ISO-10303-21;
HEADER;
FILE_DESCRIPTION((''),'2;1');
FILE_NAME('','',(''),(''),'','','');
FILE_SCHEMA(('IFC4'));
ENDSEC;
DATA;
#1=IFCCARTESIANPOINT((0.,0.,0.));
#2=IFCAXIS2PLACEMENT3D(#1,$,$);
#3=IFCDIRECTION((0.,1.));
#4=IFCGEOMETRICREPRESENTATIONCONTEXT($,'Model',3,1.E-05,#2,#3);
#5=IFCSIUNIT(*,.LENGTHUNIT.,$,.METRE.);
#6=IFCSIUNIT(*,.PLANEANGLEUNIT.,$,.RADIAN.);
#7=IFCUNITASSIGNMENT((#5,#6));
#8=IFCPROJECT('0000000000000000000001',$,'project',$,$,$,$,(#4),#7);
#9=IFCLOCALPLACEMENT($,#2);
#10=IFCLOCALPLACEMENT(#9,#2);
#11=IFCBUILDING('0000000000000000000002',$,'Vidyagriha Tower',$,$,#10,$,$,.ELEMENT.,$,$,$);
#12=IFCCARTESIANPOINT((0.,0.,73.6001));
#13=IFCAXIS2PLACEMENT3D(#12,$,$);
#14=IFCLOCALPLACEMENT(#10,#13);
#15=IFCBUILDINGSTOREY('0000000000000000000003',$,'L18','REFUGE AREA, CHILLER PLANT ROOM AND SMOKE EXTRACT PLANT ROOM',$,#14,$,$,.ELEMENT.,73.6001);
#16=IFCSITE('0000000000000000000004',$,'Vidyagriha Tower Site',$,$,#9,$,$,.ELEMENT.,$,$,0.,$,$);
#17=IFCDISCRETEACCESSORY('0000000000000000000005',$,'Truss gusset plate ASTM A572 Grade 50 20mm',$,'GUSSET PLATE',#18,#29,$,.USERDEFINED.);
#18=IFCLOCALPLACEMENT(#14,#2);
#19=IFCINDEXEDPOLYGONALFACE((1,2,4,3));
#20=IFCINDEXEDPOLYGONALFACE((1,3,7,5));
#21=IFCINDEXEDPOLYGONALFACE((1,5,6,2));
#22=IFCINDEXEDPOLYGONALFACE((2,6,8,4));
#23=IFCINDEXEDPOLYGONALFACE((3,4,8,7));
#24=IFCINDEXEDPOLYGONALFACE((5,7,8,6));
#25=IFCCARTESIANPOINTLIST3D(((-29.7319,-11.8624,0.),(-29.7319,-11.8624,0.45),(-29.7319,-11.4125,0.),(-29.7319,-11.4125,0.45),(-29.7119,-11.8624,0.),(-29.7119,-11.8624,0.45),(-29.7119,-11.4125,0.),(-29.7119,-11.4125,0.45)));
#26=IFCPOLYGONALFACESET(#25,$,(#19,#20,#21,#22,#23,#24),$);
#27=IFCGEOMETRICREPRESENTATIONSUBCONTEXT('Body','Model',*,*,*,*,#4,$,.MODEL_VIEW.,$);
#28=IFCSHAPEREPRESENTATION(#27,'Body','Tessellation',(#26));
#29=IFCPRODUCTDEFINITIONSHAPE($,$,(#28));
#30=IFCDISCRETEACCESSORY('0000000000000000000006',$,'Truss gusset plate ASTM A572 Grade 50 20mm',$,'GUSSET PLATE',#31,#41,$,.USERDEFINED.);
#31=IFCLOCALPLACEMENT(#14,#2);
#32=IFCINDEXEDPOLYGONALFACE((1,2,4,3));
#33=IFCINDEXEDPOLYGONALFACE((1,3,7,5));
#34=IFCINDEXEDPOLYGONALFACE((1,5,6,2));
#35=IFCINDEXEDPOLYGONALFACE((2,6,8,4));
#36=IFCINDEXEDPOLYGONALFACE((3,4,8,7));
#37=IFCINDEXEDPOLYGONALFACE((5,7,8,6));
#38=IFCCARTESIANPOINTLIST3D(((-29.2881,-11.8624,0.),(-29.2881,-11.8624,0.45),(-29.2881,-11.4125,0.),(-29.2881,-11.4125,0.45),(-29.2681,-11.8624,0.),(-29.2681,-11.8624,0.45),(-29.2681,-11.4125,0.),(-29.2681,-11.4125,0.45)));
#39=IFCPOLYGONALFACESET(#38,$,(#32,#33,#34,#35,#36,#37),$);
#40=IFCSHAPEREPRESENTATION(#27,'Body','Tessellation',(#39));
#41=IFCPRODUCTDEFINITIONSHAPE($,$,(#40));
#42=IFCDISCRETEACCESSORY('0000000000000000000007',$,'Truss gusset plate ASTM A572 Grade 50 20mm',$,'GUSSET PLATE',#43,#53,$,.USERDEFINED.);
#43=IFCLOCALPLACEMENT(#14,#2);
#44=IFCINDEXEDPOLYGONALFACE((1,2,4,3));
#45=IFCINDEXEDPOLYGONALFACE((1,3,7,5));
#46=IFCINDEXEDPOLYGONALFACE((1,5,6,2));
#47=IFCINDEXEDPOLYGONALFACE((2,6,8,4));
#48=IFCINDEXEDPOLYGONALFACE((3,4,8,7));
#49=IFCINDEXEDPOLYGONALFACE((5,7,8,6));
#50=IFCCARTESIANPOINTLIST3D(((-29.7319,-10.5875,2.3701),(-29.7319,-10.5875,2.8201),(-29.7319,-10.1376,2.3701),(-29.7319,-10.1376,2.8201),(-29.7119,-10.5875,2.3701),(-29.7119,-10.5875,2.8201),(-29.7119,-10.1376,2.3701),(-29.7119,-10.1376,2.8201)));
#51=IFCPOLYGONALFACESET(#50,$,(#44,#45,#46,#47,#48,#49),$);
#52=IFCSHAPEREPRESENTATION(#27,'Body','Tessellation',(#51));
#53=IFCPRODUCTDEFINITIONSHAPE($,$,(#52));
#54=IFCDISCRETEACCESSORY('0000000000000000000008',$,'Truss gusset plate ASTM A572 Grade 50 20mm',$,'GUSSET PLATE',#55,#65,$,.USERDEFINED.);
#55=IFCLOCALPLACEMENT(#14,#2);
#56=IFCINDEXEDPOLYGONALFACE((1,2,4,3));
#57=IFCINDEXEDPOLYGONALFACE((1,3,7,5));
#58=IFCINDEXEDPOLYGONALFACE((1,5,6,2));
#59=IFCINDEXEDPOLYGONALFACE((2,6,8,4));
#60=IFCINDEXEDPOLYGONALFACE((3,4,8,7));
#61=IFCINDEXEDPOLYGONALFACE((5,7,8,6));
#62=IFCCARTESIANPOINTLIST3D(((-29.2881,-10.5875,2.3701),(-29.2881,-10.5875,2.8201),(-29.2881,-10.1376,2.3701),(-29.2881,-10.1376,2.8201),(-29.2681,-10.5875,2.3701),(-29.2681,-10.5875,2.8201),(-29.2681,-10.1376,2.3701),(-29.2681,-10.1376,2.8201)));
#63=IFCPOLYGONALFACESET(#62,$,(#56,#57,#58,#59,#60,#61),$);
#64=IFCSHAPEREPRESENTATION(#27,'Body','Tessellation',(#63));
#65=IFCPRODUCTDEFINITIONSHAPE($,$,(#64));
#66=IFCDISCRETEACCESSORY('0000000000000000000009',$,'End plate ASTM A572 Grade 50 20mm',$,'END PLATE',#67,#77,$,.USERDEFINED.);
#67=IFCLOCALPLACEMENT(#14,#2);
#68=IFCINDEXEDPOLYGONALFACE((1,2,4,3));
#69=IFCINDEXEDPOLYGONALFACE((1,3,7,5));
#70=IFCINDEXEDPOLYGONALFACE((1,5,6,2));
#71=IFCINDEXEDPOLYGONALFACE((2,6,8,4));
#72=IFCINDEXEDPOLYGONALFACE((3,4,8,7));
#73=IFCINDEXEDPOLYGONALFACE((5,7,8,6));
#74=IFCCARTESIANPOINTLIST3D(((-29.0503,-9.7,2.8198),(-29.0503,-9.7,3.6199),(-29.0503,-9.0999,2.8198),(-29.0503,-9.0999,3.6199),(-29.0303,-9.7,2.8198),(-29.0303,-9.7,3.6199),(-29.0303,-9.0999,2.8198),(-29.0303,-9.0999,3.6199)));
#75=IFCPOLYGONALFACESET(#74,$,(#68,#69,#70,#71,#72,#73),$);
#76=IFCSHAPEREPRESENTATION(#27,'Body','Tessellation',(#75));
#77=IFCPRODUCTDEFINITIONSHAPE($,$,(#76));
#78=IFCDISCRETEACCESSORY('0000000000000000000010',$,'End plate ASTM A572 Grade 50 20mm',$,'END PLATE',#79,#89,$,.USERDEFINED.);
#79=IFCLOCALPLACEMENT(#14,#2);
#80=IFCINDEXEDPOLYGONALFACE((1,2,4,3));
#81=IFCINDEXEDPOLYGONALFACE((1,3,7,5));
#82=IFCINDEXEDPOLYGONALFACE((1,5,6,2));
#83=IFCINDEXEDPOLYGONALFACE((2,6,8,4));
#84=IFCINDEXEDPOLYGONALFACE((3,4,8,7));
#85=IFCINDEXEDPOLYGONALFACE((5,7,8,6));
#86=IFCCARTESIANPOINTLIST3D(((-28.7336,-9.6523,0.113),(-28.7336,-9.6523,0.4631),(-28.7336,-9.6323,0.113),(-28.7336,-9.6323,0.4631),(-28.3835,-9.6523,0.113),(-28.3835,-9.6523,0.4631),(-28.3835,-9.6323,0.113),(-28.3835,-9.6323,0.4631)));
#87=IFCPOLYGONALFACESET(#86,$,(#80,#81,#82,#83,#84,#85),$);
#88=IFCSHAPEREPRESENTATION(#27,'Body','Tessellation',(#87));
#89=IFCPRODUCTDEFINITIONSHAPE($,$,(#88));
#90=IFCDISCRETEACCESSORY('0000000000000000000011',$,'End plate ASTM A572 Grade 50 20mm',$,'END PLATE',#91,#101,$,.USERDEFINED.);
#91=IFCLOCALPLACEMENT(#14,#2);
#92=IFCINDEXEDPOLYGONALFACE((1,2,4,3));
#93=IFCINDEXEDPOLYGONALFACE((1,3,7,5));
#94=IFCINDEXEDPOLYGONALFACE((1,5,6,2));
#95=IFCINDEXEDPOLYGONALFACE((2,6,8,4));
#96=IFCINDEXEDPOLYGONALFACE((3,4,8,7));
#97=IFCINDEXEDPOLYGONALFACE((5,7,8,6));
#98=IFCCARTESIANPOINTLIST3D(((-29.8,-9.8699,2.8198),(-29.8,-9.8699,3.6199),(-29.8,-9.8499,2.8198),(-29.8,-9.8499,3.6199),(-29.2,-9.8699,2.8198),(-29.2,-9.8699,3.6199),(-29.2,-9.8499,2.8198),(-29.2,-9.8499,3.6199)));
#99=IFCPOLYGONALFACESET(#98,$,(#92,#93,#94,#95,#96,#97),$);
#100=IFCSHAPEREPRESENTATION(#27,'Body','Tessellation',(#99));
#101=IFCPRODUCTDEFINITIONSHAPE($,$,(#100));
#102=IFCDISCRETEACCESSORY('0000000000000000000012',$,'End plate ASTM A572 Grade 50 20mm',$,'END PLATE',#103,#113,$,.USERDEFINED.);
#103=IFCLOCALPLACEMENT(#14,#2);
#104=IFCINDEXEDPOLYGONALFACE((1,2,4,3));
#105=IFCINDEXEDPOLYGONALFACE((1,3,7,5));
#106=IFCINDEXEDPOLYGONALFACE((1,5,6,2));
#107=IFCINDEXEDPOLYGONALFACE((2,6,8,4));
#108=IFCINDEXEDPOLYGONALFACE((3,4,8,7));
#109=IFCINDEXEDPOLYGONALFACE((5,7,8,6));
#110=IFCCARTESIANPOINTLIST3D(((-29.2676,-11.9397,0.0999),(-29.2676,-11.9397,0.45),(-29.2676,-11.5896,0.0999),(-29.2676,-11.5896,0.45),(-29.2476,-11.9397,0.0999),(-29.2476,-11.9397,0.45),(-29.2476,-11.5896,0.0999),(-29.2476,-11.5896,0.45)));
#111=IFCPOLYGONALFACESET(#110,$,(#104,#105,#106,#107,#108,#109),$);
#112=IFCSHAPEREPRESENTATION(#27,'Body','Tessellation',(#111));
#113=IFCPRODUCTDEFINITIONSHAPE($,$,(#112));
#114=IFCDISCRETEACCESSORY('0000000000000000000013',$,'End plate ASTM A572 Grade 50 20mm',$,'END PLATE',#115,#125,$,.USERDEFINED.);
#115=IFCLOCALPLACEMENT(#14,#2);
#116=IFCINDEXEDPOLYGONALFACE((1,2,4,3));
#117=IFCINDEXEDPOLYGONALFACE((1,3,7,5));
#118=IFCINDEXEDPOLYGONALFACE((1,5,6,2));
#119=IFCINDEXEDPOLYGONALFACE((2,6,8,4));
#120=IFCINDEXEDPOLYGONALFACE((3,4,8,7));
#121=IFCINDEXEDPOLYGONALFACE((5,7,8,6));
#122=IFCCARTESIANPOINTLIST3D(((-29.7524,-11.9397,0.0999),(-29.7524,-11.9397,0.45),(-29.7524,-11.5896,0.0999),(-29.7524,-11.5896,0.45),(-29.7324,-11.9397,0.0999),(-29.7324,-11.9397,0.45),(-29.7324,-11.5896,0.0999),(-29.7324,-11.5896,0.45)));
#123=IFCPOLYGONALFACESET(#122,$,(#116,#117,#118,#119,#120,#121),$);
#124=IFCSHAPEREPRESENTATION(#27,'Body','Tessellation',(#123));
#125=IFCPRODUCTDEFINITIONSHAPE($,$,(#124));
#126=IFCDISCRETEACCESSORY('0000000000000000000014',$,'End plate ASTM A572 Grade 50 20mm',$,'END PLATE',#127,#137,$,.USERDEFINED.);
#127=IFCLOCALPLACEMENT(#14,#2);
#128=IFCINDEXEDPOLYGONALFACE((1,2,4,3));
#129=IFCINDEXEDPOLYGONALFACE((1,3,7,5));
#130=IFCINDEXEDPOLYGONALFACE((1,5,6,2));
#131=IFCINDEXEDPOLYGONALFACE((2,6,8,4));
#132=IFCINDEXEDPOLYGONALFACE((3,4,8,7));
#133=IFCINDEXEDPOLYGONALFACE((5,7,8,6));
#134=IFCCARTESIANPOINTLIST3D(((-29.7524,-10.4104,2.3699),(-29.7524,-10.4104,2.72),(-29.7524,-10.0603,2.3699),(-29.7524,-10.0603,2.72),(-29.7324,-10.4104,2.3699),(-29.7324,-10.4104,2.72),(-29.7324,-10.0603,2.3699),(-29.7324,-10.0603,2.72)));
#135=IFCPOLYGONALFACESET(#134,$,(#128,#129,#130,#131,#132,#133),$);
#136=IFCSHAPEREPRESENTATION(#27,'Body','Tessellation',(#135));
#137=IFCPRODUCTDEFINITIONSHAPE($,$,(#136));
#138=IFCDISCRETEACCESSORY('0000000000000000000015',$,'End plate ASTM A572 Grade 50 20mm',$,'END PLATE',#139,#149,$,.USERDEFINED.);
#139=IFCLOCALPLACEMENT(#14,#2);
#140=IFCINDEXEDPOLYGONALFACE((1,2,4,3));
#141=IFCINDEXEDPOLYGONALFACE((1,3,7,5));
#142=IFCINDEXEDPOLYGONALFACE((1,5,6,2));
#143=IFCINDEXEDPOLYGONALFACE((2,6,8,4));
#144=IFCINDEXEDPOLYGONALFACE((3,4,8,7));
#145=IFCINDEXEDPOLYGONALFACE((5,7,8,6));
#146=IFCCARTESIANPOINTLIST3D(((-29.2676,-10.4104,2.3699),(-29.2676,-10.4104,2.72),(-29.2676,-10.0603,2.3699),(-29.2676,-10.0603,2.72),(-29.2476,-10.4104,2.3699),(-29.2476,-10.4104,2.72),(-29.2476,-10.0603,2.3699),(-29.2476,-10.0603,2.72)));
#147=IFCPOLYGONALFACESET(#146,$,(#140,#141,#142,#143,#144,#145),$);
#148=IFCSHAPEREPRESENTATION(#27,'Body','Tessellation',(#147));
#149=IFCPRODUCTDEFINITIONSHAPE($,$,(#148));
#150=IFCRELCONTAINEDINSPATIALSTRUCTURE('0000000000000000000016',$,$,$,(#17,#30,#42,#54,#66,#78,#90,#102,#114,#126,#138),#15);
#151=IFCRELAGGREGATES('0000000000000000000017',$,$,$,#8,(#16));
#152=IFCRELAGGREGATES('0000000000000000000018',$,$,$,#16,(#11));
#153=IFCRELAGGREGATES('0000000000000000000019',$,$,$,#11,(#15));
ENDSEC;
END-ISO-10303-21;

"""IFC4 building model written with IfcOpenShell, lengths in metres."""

from ifc_helpers import new_model, si_unit, direction, frame, origin, origin_2d, place, context, subcontext, project, spatial, rectangle, extrude, element, save


model = new_model("IFC4")

# Units and contexts
model_context = context("Model", 3, precision=1e-05, world=origin(), true_north=direction((0.0, 1.0)))
body_context = subcontext(model_context, "Body", "Model", "MODEL_VIEW")
ifc_project = project(units=[si_unit("LENGTHUNIT", "METRE"), si_unit("PLANEANGLEUNIT", "RADIAN")], contexts=[model_context])

# Site, building, storey
site_placement = place(None, origin())
site = spatial("IfcSite", under=ifc_project, at=site_placement, Name="Vidyagriha Tower Site", CompositionType="ELEMENT", RefElevation=0.0)
building_placement = place(site_placement, origin())
building = spatial("IfcBuilding", under=site, at=building_placement, Name="Vidyagriha Tower", CompositionType="ELEMENT")
storey_placement = place(building_placement, frame((0.0, 0.0, 73.6001)))
storey = spatial("IfcBuildingStorey", under=building, at=storey_placement, Name="L18", Description="REFUGE AREA, CHILLER PLANT ROOM AND SMOKE EXTRACT PLANT ROOM", CompositionType="ELEMENT", Elevation=73.6001)

# Discrete accessories
for number, where, z_axis, x_axis, name in (
    (1, (-29.7219, -11.6375, 0.0), (0.0, 0.0, 1.0), (0.0, 1.0, 0.0), "Truss gusset plate ASTM A572 Grade 50 20mm"),
    (2, (-29.2781, -11.6375, 0.0), (0.0, 0.0, 1.0), (0.0, 1.0, 0.0), "Truss gusset plate ASTM A572 Grade 50 20mm"),
    (3, (-29.7219, -10.3625, 2.3701), (0.0, 0.0, 1.0), (0.0, 1.0, 0.0), "Truss gusset plate ASTM A572 Grade 50 20mm"),
    (4, (-29.2781, -10.3625, 2.3701), (0.0, 0.0, 1.0), (0.0, 1.0, 0.0), "Truss gusset plate ASTM A572 Grade 50 20mm"),
):
    element("IfcDiscreteAccessory", number, at=place(storey_placement, frame(where, z_axis=z_axis, x_axis=x_axis)), inside=storey, Name=name, ObjectType="GUSSET PLATE", PredefinedType="USERDEFINED", context=body_context, shape_type="SweptSolid", body=[
        extrude(rectangle(XDim=0.45, YDim=0.02, at=origin_2d()), origin(), (0.0, 0.0, 1.0), 0.45),
    ])
discrete_accessory_1_placement = place(storey_placement, frame((-29.0403, -9.3999, 2.8198), z_axis=(0.0, 0.0, 1.0), x_axis=(-1.0, 0.0, 0.0)))
element("IfcDiscreteAccessory", 5, at=discrete_accessory_1_placement, inside=storey, Name="End plate ASTM A572 Grade 50 20mm", ObjectType="END PLATE", PredefinedType="USERDEFINED", context=body_context, shape_type="SweptSolid", body=[
    extrude(rectangle(XDim=0.02, YDim=0.6001, at=origin_2d()), origin(), (0.0, 0.0, 1.0), 0.8),
])
discrete_accessory_2_placement = place(storey_placement, frame((-28.5586, -9.6423, 0.113), z_axis=(0.0, 0.0, 1.0), x_axis=(-1.0, 0.0, 0.0)))
element("IfcDiscreteAccessory", 6, at=discrete_accessory_2_placement, inside=storey, Name="End plate ASTM A572 Grade 50 20mm", ObjectType="END PLATE", PredefinedType="USERDEFINED", context=body_context, shape_type="SweptSolid", body=[
    extrude(rectangle(XDim=0.3501, YDim=0.02, at=origin_2d()), origin(), (0.0, 0.0, 1.0), 0.3501),
])
discrete_accessory_3_placement = place(storey_placement, frame((-29.5, -9.8599, 2.8198), z_axis=(0.0, 0.0, 1.0), x_axis=(0.0, 1.0, 0.0)))
element("IfcDiscreteAccessory", 7, at=discrete_accessory_3_placement, inside=storey, Name="End plate ASTM A572 Grade 50 20mm", ObjectType="END PLATE", PredefinedType="USERDEFINED", context=body_context, shape_type="SweptSolid", body=[
    extrude(rectangle(XDim=0.02, YDim=0.6001, at=origin_2d()), origin(), (0.0, 0.0, 1.0), 0.8),
])
for number, where, z_axis, x_axis, name in (
    (8, (-29.2576, -11.7646, 0.0999), (0.0, 0.0, 1.0), (0.0, -1.0, 0.0), "End plate ASTM A572 Grade 50 20mm"),
    (9, (-29.7424, -11.7646, 0.0999), (0.0, 0.0, 1.0), (0.0, -1.0, 0.0), "End plate ASTM A572 Grade 50 20mm"),
    (10, (-29.7424, -10.2354, 2.3699), (0.0, 0.0, 1.0), (0.0, 1.0, 0.0), "End plate ASTM A572 Grade 50 20mm"),
    (11, (-29.2576, -10.2354, 2.3699), (0.0, 0.0, 1.0), (0.0, 1.0, 0.0), "End plate ASTM A572 Grade 50 20mm"),
):
    element("IfcDiscreteAccessory", number, at=place(storey_placement, frame(where, z_axis=z_axis, x_axis=x_axis)), inside=storey, Name=name, ObjectType="END PLATE", PredefinedType="USERDEFINED", context=body_context, shape_type="SweptSolid", body=[
        extrude(rectangle(XDim=0.3501, YDim=0.02, at=origin_2d()), origin(), (0.0, 0.0, 1.0), 0.3501),
    ])

save(model, "model.ifc")
